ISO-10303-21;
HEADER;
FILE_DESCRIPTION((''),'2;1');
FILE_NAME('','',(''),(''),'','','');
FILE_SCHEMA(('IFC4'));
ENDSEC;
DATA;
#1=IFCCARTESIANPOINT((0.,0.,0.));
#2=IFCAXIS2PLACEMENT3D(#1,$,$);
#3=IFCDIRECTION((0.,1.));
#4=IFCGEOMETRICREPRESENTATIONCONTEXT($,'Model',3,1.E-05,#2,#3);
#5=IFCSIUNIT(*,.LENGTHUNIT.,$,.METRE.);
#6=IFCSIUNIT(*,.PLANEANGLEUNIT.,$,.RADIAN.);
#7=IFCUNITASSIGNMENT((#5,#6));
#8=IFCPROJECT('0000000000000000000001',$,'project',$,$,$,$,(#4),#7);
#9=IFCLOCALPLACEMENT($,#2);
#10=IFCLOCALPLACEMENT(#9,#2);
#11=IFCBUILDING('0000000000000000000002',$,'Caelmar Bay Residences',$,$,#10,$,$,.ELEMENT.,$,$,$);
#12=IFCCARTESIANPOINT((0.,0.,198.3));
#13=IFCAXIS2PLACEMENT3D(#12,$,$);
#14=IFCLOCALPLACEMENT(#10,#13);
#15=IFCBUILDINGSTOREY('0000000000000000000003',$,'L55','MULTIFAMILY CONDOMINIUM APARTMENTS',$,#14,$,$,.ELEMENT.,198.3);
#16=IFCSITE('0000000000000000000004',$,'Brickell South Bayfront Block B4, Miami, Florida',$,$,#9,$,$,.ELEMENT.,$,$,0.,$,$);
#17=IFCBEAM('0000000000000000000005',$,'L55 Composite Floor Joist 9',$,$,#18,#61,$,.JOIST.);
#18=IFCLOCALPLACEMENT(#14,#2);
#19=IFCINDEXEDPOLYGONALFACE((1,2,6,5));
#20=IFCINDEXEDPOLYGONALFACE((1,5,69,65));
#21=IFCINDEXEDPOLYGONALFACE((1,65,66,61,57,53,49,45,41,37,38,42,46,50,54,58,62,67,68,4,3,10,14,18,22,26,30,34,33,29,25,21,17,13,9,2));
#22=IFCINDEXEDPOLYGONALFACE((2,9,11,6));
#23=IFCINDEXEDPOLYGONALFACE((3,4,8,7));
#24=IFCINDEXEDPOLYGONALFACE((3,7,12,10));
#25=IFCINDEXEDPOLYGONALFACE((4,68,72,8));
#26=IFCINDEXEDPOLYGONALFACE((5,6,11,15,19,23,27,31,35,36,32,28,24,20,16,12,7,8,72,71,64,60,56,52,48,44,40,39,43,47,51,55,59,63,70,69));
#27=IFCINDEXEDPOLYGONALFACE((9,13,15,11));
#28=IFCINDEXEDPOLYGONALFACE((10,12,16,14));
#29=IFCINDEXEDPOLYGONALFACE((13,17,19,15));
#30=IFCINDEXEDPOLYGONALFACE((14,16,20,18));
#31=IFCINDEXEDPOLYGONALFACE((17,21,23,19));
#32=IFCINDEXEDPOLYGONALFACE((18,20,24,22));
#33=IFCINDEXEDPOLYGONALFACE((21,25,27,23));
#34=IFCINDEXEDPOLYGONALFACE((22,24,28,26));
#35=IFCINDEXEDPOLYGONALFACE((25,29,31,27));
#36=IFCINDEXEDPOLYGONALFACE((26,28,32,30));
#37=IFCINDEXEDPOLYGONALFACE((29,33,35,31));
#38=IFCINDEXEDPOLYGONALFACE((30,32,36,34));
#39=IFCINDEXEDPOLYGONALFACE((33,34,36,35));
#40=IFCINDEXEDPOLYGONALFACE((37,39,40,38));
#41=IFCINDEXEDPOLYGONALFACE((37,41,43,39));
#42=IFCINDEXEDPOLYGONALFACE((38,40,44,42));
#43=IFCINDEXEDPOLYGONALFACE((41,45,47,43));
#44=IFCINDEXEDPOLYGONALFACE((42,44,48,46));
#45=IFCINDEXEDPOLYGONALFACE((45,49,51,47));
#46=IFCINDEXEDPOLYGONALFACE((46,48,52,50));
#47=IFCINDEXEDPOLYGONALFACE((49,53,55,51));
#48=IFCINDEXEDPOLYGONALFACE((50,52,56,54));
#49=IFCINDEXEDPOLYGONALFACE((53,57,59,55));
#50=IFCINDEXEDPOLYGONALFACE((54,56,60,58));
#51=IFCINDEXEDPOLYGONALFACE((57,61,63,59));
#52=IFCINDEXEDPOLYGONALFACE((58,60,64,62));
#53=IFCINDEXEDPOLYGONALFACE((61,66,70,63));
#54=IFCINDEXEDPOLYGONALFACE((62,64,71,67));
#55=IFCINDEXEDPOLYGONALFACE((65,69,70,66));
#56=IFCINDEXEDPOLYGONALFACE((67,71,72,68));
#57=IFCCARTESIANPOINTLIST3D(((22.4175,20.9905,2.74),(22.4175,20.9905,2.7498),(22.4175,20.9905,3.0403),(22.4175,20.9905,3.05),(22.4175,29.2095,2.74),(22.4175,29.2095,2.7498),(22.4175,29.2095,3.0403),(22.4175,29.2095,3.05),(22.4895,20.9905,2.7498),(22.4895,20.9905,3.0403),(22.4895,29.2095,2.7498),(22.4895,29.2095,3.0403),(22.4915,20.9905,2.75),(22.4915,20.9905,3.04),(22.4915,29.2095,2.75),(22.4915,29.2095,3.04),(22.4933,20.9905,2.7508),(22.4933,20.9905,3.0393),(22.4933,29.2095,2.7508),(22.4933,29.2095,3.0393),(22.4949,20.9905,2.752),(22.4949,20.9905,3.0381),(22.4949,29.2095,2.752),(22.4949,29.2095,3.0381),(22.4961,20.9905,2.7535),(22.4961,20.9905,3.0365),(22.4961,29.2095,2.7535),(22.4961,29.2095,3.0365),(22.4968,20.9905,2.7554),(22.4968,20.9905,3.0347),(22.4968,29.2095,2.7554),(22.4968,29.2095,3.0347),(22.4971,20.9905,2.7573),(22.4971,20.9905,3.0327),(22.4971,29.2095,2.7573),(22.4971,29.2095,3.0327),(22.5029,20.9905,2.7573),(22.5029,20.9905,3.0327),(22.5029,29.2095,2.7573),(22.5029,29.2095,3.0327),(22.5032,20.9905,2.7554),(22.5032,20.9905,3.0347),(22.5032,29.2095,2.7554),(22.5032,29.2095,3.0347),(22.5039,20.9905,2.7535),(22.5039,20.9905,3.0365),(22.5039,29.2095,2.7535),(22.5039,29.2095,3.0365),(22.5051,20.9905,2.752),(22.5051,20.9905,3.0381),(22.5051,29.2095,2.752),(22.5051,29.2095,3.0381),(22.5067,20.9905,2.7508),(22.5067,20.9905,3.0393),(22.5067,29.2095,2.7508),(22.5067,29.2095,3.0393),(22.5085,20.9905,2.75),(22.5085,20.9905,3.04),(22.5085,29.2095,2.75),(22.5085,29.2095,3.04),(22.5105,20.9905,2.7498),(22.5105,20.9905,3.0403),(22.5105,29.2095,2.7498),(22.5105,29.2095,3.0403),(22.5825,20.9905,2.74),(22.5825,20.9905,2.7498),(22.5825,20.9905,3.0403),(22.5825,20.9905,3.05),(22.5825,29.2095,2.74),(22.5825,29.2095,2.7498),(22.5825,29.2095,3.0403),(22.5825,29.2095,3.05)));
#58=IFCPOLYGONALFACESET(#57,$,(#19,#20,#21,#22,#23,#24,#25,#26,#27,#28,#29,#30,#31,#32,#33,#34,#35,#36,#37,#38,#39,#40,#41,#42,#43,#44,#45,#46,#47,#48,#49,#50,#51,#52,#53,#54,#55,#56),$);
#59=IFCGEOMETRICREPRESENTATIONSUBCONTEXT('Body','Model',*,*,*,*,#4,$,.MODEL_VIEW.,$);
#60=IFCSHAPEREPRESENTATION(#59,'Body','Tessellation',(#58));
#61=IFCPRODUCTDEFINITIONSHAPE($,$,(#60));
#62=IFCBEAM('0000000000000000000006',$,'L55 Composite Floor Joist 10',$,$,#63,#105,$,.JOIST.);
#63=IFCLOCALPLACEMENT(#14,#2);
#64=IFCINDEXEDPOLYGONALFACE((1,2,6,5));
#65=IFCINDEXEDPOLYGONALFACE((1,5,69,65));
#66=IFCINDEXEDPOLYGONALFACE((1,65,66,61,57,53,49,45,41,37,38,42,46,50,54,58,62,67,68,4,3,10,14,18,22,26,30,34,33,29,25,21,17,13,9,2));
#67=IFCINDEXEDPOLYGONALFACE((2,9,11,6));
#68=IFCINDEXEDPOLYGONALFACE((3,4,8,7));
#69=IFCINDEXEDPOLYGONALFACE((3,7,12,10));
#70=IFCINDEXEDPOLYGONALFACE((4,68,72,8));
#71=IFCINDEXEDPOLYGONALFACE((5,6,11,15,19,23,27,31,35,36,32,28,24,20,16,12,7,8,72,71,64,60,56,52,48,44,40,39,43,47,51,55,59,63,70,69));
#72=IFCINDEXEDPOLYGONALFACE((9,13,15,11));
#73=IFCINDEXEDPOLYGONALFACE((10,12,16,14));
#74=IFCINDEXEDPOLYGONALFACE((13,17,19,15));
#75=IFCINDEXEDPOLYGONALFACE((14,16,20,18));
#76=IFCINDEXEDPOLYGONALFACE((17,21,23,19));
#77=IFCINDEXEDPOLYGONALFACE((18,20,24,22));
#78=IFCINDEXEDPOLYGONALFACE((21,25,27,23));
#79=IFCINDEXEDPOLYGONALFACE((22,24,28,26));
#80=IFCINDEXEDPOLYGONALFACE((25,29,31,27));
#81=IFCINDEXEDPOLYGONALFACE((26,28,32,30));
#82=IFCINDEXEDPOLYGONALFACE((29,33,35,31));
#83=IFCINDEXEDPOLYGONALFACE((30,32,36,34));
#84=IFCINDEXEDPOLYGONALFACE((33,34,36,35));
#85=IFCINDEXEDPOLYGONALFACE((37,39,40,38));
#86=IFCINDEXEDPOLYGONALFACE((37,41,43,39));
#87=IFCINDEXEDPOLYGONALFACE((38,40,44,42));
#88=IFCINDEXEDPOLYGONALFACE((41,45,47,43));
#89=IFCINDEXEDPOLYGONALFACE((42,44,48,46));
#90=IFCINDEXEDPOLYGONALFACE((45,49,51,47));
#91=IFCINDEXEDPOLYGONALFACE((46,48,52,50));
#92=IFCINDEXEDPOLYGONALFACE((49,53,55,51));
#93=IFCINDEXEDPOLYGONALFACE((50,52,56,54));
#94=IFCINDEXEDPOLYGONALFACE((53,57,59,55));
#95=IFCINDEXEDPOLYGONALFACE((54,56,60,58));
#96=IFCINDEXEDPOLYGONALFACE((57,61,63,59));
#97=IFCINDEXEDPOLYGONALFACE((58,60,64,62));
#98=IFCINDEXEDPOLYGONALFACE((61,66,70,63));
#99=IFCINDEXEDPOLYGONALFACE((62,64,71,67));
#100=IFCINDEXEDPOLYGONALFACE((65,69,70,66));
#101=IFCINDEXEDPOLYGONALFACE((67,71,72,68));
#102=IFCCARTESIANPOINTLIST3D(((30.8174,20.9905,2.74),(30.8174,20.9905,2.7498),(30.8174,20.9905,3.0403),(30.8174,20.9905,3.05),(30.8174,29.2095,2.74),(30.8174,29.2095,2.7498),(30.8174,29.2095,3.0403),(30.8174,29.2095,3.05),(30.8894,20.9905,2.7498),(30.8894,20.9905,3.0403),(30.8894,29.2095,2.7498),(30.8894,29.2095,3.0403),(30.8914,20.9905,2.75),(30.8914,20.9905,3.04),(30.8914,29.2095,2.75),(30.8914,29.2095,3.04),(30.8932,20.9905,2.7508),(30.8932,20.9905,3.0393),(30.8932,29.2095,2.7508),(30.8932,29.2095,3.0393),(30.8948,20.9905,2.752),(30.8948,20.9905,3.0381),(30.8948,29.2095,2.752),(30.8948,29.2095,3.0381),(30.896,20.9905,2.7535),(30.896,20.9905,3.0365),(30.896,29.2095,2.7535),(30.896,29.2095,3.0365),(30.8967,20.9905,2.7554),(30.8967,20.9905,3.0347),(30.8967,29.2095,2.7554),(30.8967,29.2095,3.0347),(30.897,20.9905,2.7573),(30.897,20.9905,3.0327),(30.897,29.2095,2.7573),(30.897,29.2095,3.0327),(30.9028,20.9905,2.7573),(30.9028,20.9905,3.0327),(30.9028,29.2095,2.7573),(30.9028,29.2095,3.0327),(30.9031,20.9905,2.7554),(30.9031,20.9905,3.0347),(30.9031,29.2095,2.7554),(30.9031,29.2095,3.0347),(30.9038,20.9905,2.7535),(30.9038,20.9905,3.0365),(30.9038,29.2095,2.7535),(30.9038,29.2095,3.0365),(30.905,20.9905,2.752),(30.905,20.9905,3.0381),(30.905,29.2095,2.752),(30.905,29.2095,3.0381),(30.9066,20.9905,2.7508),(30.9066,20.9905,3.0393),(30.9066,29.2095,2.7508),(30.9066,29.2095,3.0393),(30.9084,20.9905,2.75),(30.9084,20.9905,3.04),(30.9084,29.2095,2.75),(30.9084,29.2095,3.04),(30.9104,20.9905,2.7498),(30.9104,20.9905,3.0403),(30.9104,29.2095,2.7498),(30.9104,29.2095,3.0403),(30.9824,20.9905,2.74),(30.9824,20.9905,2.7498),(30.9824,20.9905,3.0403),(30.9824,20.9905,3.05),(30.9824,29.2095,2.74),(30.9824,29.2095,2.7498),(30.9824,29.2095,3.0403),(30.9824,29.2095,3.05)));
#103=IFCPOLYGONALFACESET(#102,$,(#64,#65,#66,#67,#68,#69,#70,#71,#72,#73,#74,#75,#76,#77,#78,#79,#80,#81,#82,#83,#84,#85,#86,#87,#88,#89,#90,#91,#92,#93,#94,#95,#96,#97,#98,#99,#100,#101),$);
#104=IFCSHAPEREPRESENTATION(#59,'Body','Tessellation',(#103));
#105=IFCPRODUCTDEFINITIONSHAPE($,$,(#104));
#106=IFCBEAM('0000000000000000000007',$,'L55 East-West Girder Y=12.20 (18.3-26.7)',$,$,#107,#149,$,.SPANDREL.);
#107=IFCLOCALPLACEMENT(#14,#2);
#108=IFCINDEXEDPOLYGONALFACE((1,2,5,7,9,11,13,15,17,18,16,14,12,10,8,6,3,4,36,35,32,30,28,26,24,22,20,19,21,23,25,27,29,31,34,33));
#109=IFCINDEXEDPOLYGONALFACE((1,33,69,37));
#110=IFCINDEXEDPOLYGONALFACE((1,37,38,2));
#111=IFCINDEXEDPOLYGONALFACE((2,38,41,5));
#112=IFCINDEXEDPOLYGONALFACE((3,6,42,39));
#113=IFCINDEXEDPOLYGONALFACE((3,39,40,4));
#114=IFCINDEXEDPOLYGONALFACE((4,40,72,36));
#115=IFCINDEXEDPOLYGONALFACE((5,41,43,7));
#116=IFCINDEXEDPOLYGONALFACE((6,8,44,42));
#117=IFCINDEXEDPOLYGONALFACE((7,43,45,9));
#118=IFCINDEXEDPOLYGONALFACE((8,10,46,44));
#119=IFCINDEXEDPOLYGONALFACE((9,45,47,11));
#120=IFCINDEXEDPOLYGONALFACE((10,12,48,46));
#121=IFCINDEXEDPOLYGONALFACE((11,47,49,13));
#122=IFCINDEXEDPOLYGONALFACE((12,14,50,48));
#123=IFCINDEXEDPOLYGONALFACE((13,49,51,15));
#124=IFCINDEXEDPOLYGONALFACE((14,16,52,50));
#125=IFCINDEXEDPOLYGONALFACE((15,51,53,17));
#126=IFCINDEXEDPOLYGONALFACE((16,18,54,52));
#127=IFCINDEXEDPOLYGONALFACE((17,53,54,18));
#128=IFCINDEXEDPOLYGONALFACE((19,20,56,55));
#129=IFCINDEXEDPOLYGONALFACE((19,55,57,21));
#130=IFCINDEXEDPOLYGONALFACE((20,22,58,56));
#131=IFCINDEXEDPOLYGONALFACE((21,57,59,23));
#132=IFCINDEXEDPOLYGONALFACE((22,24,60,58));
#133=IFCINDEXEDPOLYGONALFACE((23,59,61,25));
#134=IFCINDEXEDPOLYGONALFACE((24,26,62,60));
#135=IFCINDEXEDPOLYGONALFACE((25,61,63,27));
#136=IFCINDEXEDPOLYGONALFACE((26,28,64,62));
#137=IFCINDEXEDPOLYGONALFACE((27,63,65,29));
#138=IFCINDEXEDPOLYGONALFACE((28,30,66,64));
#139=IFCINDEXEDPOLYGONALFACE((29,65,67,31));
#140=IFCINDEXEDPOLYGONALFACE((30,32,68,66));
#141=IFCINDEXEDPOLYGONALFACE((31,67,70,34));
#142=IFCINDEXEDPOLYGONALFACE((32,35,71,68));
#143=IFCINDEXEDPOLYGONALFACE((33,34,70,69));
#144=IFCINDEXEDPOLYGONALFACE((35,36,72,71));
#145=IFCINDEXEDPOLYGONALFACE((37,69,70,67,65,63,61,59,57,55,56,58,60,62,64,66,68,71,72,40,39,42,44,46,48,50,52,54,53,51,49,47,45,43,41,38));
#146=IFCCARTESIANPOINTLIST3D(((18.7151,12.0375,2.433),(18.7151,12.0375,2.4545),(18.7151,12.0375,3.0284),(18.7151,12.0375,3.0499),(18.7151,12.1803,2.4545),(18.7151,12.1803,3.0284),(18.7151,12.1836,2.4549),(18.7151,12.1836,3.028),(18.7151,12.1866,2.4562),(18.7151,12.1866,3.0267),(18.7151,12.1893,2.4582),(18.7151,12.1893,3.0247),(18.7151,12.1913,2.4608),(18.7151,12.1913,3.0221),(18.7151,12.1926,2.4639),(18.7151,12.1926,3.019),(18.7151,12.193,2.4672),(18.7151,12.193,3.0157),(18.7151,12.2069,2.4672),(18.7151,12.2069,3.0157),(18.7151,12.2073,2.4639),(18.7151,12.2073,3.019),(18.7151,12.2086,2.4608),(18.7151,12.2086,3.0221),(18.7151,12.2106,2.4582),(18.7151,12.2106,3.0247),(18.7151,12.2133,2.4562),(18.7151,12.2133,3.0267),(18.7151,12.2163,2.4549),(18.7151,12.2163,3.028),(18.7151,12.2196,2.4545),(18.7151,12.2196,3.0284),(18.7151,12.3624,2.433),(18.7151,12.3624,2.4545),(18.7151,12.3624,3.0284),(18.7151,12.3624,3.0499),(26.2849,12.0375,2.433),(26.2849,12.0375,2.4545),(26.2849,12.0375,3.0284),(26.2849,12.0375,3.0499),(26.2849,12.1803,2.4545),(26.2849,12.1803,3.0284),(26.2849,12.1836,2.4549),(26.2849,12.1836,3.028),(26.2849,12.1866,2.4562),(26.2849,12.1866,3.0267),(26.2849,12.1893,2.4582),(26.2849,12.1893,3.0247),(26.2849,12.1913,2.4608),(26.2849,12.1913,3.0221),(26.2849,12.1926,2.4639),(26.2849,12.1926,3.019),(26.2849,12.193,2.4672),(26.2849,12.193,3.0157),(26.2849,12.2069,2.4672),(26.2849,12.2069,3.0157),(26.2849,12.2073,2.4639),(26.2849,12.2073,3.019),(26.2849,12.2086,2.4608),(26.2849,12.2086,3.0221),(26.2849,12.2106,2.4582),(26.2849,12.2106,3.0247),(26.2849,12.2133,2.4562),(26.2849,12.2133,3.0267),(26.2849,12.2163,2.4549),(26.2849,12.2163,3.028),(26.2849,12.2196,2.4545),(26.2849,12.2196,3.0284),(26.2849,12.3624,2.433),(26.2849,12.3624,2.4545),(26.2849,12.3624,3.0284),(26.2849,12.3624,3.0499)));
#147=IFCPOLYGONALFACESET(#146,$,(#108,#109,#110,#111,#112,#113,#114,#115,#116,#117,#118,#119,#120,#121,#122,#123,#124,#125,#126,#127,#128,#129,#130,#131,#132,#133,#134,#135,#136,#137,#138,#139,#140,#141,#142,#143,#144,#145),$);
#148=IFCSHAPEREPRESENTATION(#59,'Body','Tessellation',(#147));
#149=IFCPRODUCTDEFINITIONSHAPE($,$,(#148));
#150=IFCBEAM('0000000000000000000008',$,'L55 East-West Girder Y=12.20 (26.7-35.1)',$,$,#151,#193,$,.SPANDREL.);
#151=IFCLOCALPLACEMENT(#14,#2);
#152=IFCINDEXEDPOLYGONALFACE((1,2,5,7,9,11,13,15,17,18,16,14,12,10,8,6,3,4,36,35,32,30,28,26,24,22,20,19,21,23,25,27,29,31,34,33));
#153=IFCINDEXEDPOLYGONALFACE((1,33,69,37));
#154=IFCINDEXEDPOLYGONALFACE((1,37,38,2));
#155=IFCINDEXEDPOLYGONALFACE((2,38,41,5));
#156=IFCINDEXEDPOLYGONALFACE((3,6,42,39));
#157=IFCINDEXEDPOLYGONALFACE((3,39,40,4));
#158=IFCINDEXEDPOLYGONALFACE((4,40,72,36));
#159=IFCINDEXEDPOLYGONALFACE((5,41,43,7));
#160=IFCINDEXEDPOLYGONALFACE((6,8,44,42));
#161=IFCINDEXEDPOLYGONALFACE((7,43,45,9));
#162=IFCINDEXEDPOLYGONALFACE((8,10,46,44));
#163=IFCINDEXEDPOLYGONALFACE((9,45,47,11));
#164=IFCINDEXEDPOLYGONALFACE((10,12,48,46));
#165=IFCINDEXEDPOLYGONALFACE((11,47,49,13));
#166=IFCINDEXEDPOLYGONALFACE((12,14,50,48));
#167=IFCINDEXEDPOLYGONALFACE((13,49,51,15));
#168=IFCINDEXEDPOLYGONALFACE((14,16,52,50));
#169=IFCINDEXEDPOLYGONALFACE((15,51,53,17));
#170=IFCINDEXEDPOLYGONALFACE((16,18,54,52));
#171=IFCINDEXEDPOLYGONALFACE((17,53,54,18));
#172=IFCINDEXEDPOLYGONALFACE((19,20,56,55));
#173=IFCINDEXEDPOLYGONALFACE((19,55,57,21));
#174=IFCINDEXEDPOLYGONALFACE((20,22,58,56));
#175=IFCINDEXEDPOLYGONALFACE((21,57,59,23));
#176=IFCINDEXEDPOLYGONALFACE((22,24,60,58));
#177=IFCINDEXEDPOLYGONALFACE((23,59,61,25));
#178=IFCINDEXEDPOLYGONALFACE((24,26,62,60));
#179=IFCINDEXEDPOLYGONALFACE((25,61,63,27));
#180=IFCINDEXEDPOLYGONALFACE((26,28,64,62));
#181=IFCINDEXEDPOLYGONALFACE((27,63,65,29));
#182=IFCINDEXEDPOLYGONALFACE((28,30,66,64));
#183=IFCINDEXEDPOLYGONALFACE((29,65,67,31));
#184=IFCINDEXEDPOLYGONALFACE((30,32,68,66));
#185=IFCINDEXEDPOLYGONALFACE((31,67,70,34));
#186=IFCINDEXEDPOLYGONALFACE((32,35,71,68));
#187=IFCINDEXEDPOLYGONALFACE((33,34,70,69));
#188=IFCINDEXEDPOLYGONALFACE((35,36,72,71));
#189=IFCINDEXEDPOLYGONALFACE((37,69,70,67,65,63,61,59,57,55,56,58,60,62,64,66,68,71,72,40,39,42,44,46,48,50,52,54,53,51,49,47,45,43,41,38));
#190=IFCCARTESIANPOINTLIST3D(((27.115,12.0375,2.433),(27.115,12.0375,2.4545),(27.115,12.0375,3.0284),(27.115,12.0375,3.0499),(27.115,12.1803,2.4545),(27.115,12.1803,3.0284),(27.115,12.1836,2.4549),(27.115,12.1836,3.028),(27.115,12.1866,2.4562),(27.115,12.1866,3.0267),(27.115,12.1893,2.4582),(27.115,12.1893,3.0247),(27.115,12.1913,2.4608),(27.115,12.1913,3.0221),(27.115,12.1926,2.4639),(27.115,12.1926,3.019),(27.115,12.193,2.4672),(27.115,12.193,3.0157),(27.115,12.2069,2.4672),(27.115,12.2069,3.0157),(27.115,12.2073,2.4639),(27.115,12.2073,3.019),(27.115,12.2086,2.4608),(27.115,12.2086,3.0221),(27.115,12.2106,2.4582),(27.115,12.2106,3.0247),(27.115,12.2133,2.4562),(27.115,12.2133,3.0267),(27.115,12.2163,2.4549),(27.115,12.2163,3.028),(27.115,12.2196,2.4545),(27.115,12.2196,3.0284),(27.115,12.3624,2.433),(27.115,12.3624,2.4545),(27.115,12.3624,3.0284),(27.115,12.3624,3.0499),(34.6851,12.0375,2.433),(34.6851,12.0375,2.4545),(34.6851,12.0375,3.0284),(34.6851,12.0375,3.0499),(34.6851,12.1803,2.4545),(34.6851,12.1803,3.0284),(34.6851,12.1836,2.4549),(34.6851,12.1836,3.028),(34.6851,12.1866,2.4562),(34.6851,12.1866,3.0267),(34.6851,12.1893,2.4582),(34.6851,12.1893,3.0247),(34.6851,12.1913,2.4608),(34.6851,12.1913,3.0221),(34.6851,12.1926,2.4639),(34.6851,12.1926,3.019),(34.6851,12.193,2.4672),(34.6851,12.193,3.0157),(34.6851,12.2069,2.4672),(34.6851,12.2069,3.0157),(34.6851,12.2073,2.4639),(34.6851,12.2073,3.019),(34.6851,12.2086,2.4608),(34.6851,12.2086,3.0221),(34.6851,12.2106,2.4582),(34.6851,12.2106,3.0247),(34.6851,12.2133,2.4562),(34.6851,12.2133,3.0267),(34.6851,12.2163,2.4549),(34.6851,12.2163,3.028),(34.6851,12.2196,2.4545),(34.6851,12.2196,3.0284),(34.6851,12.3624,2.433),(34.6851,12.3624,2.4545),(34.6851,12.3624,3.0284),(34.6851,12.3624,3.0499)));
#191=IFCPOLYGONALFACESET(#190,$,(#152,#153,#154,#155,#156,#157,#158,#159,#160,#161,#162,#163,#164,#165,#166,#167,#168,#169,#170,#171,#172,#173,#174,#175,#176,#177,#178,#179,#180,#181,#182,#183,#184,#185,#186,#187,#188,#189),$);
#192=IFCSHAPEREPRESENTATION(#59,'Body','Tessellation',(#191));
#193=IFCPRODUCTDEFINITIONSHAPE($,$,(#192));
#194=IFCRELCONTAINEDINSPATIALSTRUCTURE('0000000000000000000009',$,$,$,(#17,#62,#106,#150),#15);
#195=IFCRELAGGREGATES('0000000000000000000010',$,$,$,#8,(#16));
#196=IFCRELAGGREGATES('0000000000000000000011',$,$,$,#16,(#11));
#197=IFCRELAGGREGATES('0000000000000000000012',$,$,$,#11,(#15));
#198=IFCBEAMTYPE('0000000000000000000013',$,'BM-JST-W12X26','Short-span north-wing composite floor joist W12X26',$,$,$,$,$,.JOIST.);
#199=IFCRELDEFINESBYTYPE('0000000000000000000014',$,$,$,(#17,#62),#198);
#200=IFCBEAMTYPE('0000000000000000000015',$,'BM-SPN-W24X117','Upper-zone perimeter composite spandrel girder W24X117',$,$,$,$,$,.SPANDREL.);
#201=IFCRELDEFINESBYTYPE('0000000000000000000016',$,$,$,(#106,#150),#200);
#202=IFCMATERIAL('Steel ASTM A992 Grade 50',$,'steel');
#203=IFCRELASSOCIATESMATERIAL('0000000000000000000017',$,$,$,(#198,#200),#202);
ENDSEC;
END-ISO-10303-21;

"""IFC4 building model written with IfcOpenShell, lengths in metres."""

from ifc_helpers import new_model, si_unit, direction, frame, origin, origin_2d, place, context, subcontext, project, spatial, i_section, extrude, material, material_profile, profile_set, type_object, element, save


model = new_model("IFC4")

# Units and contexts
model_context = context("Model", 3, precision=1e-05, world=origin(), true_north=direction((0.0, 1.0)))
body_context = subcontext(model_context, "Body", "Model", "MODEL_VIEW")
ifc_project = project(units=[si_unit("LENGTHUNIT", "METRE"), si_unit("PLANEANGLEUNIT", "RADIAN")], contexts=[model_context])

# Site, building, storey
site_placement = place(None, origin())
site = spatial("IfcSite", under=ifc_project, at=site_placement, Name="Brickell South Bayfront Block B4, Miami, Florida", CompositionType="ELEMENT", RefElevation=0.0)
building_placement = place(site_placement, origin())
building = spatial("IfcBuilding", under=site, at=building_placement, Name="Caelmar Bay Residences", CompositionType="ELEMENT")
storey_placement = place(building_placement, frame((0.0, 0.0, 198.3)))
storey = spatial("IfcBuildingStorey", under=building, at=storey_placement, Name="L55", Description="MULTIFAMILY CONDOMINIUM APARTMENTS", CompositionType="ELEMENT", Elevation=198.3)

# Beams
ifc_material_1 = material(Name="Steel ASTM A992 Grade 50", Category="steel")
ifc_material_profile_1 = material_profile(ifc_material_1, i_section(OverallWidth=0.165, OverallDepth=0.3101, WebThickness=0.0059, FlangeThickness=0.0098, FilletRadius=0.0076, at=origin_2d()), Name="W12X26")
ifc_profile_set_1 = profile_set([ifc_material_profile_1], Name="Steel ASTM A992 Grade 50")
beam_type_1 = type_object("IfcBeamType", Name="BM-JST-W12X26", Description="Short-span north-wing composite floor joist W12X26", PredefinedType="JOIST", material=ifc_profile_set_1)
for number, where, z_axis, x_axis, name in (
    (1, (22.5, 20.9905, 2.895), (0.0, 1.0, 0.0), (-1.0, 0.0, 0.0), "L55 Composite Floor Joist 9"),
    (2, (30.8999, 20.9905, 2.895), (0.0, 1.0, 0.0), (-1.0, 0.0, 0.0), "L55 Composite Floor Joist 10"),
):
    element("IfcBeam", number, at=place(storey_placement, frame(where, z_axis=z_axis, x_axis=x_axis)), inside=storey, type_object=beam_type_1, Name=name, PredefinedType="JOIST", context=body_context, shape_type="SweptSolid", body=[
        extrude(i_section(OverallWidth=0.165, OverallDepth=0.3101, WebThickness=0.0059, FlangeThickness=0.0098, FilletRadius=0.0076, at=origin_2d()), origin(), (0.0, 0.0, 1.0), 8.219),
    ])
ifc_material_profile_2 = material_profile(ifc_material_1, i_section(OverallWidth=0.325, OverallDepth=0.6169, WebThickness=0.0139, FlangeThickness=0.0215, FilletRadius=0.0127, at=origin_2d()), Name="W24X117")
ifc_profile_set_2 = profile_set([ifc_material_profile_2], Name="Steel ASTM A992 Grade 50")
beam_type_2 = type_object("IfcBeamType", Name="BM-SPN-W24X117", Description="Upper-zone perimeter composite spandrel girder W24X117", PredefinedType="SPANDREL", material=ifc_profile_set_2)
beam_1_placement = place(storey_placement, frame((18.7151, 12.2, 2.7415), z_axis=(1.0, 0.0, 0.0), x_axis=(0.0, 1.0, 0.0)))
element("IfcBeam", 3, at=beam_1_placement, inside=storey, type_object=beam_type_2, Name="L55 East-West Girder Y=12.20 (18.3-26.7)", PredefinedType="SPANDREL", context=body_context, shape_type="SweptSolid", body=[
    extrude(i_section(OverallWidth=0.325, OverallDepth=0.6169, WebThickness=0.0139, FlangeThickness=0.0215, FilletRadius=0.0127, at=origin_2d()), origin(), (0.0, 0.0, 1.0), 7.5698),
])
beam_2_placement = place(storey_placement, frame((27.115, 12.2, 2.7415), z_axis=(1.0, 0.0, 0.0), x_axis=(0.0, 1.0, 0.0)))
element("IfcBeam", 4, at=beam_2_placement, inside=storey, type_object=beam_type_2, Name="L55 East-West Girder Y=12.20 (26.7-35.1)", PredefinedType="SPANDREL", context=body_context, shape_type="SweptSolid", body=[
    extrude(i_section(OverallWidth=0.325, OverallDepth=0.6169, WebThickness=0.0139, FlangeThickness=0.0215, FilletRadius=0.0127, at=origin_2d()), origin(), (0.0, 0.0, 1.0), 7.5701),
])

save(model, "model.ifc")
